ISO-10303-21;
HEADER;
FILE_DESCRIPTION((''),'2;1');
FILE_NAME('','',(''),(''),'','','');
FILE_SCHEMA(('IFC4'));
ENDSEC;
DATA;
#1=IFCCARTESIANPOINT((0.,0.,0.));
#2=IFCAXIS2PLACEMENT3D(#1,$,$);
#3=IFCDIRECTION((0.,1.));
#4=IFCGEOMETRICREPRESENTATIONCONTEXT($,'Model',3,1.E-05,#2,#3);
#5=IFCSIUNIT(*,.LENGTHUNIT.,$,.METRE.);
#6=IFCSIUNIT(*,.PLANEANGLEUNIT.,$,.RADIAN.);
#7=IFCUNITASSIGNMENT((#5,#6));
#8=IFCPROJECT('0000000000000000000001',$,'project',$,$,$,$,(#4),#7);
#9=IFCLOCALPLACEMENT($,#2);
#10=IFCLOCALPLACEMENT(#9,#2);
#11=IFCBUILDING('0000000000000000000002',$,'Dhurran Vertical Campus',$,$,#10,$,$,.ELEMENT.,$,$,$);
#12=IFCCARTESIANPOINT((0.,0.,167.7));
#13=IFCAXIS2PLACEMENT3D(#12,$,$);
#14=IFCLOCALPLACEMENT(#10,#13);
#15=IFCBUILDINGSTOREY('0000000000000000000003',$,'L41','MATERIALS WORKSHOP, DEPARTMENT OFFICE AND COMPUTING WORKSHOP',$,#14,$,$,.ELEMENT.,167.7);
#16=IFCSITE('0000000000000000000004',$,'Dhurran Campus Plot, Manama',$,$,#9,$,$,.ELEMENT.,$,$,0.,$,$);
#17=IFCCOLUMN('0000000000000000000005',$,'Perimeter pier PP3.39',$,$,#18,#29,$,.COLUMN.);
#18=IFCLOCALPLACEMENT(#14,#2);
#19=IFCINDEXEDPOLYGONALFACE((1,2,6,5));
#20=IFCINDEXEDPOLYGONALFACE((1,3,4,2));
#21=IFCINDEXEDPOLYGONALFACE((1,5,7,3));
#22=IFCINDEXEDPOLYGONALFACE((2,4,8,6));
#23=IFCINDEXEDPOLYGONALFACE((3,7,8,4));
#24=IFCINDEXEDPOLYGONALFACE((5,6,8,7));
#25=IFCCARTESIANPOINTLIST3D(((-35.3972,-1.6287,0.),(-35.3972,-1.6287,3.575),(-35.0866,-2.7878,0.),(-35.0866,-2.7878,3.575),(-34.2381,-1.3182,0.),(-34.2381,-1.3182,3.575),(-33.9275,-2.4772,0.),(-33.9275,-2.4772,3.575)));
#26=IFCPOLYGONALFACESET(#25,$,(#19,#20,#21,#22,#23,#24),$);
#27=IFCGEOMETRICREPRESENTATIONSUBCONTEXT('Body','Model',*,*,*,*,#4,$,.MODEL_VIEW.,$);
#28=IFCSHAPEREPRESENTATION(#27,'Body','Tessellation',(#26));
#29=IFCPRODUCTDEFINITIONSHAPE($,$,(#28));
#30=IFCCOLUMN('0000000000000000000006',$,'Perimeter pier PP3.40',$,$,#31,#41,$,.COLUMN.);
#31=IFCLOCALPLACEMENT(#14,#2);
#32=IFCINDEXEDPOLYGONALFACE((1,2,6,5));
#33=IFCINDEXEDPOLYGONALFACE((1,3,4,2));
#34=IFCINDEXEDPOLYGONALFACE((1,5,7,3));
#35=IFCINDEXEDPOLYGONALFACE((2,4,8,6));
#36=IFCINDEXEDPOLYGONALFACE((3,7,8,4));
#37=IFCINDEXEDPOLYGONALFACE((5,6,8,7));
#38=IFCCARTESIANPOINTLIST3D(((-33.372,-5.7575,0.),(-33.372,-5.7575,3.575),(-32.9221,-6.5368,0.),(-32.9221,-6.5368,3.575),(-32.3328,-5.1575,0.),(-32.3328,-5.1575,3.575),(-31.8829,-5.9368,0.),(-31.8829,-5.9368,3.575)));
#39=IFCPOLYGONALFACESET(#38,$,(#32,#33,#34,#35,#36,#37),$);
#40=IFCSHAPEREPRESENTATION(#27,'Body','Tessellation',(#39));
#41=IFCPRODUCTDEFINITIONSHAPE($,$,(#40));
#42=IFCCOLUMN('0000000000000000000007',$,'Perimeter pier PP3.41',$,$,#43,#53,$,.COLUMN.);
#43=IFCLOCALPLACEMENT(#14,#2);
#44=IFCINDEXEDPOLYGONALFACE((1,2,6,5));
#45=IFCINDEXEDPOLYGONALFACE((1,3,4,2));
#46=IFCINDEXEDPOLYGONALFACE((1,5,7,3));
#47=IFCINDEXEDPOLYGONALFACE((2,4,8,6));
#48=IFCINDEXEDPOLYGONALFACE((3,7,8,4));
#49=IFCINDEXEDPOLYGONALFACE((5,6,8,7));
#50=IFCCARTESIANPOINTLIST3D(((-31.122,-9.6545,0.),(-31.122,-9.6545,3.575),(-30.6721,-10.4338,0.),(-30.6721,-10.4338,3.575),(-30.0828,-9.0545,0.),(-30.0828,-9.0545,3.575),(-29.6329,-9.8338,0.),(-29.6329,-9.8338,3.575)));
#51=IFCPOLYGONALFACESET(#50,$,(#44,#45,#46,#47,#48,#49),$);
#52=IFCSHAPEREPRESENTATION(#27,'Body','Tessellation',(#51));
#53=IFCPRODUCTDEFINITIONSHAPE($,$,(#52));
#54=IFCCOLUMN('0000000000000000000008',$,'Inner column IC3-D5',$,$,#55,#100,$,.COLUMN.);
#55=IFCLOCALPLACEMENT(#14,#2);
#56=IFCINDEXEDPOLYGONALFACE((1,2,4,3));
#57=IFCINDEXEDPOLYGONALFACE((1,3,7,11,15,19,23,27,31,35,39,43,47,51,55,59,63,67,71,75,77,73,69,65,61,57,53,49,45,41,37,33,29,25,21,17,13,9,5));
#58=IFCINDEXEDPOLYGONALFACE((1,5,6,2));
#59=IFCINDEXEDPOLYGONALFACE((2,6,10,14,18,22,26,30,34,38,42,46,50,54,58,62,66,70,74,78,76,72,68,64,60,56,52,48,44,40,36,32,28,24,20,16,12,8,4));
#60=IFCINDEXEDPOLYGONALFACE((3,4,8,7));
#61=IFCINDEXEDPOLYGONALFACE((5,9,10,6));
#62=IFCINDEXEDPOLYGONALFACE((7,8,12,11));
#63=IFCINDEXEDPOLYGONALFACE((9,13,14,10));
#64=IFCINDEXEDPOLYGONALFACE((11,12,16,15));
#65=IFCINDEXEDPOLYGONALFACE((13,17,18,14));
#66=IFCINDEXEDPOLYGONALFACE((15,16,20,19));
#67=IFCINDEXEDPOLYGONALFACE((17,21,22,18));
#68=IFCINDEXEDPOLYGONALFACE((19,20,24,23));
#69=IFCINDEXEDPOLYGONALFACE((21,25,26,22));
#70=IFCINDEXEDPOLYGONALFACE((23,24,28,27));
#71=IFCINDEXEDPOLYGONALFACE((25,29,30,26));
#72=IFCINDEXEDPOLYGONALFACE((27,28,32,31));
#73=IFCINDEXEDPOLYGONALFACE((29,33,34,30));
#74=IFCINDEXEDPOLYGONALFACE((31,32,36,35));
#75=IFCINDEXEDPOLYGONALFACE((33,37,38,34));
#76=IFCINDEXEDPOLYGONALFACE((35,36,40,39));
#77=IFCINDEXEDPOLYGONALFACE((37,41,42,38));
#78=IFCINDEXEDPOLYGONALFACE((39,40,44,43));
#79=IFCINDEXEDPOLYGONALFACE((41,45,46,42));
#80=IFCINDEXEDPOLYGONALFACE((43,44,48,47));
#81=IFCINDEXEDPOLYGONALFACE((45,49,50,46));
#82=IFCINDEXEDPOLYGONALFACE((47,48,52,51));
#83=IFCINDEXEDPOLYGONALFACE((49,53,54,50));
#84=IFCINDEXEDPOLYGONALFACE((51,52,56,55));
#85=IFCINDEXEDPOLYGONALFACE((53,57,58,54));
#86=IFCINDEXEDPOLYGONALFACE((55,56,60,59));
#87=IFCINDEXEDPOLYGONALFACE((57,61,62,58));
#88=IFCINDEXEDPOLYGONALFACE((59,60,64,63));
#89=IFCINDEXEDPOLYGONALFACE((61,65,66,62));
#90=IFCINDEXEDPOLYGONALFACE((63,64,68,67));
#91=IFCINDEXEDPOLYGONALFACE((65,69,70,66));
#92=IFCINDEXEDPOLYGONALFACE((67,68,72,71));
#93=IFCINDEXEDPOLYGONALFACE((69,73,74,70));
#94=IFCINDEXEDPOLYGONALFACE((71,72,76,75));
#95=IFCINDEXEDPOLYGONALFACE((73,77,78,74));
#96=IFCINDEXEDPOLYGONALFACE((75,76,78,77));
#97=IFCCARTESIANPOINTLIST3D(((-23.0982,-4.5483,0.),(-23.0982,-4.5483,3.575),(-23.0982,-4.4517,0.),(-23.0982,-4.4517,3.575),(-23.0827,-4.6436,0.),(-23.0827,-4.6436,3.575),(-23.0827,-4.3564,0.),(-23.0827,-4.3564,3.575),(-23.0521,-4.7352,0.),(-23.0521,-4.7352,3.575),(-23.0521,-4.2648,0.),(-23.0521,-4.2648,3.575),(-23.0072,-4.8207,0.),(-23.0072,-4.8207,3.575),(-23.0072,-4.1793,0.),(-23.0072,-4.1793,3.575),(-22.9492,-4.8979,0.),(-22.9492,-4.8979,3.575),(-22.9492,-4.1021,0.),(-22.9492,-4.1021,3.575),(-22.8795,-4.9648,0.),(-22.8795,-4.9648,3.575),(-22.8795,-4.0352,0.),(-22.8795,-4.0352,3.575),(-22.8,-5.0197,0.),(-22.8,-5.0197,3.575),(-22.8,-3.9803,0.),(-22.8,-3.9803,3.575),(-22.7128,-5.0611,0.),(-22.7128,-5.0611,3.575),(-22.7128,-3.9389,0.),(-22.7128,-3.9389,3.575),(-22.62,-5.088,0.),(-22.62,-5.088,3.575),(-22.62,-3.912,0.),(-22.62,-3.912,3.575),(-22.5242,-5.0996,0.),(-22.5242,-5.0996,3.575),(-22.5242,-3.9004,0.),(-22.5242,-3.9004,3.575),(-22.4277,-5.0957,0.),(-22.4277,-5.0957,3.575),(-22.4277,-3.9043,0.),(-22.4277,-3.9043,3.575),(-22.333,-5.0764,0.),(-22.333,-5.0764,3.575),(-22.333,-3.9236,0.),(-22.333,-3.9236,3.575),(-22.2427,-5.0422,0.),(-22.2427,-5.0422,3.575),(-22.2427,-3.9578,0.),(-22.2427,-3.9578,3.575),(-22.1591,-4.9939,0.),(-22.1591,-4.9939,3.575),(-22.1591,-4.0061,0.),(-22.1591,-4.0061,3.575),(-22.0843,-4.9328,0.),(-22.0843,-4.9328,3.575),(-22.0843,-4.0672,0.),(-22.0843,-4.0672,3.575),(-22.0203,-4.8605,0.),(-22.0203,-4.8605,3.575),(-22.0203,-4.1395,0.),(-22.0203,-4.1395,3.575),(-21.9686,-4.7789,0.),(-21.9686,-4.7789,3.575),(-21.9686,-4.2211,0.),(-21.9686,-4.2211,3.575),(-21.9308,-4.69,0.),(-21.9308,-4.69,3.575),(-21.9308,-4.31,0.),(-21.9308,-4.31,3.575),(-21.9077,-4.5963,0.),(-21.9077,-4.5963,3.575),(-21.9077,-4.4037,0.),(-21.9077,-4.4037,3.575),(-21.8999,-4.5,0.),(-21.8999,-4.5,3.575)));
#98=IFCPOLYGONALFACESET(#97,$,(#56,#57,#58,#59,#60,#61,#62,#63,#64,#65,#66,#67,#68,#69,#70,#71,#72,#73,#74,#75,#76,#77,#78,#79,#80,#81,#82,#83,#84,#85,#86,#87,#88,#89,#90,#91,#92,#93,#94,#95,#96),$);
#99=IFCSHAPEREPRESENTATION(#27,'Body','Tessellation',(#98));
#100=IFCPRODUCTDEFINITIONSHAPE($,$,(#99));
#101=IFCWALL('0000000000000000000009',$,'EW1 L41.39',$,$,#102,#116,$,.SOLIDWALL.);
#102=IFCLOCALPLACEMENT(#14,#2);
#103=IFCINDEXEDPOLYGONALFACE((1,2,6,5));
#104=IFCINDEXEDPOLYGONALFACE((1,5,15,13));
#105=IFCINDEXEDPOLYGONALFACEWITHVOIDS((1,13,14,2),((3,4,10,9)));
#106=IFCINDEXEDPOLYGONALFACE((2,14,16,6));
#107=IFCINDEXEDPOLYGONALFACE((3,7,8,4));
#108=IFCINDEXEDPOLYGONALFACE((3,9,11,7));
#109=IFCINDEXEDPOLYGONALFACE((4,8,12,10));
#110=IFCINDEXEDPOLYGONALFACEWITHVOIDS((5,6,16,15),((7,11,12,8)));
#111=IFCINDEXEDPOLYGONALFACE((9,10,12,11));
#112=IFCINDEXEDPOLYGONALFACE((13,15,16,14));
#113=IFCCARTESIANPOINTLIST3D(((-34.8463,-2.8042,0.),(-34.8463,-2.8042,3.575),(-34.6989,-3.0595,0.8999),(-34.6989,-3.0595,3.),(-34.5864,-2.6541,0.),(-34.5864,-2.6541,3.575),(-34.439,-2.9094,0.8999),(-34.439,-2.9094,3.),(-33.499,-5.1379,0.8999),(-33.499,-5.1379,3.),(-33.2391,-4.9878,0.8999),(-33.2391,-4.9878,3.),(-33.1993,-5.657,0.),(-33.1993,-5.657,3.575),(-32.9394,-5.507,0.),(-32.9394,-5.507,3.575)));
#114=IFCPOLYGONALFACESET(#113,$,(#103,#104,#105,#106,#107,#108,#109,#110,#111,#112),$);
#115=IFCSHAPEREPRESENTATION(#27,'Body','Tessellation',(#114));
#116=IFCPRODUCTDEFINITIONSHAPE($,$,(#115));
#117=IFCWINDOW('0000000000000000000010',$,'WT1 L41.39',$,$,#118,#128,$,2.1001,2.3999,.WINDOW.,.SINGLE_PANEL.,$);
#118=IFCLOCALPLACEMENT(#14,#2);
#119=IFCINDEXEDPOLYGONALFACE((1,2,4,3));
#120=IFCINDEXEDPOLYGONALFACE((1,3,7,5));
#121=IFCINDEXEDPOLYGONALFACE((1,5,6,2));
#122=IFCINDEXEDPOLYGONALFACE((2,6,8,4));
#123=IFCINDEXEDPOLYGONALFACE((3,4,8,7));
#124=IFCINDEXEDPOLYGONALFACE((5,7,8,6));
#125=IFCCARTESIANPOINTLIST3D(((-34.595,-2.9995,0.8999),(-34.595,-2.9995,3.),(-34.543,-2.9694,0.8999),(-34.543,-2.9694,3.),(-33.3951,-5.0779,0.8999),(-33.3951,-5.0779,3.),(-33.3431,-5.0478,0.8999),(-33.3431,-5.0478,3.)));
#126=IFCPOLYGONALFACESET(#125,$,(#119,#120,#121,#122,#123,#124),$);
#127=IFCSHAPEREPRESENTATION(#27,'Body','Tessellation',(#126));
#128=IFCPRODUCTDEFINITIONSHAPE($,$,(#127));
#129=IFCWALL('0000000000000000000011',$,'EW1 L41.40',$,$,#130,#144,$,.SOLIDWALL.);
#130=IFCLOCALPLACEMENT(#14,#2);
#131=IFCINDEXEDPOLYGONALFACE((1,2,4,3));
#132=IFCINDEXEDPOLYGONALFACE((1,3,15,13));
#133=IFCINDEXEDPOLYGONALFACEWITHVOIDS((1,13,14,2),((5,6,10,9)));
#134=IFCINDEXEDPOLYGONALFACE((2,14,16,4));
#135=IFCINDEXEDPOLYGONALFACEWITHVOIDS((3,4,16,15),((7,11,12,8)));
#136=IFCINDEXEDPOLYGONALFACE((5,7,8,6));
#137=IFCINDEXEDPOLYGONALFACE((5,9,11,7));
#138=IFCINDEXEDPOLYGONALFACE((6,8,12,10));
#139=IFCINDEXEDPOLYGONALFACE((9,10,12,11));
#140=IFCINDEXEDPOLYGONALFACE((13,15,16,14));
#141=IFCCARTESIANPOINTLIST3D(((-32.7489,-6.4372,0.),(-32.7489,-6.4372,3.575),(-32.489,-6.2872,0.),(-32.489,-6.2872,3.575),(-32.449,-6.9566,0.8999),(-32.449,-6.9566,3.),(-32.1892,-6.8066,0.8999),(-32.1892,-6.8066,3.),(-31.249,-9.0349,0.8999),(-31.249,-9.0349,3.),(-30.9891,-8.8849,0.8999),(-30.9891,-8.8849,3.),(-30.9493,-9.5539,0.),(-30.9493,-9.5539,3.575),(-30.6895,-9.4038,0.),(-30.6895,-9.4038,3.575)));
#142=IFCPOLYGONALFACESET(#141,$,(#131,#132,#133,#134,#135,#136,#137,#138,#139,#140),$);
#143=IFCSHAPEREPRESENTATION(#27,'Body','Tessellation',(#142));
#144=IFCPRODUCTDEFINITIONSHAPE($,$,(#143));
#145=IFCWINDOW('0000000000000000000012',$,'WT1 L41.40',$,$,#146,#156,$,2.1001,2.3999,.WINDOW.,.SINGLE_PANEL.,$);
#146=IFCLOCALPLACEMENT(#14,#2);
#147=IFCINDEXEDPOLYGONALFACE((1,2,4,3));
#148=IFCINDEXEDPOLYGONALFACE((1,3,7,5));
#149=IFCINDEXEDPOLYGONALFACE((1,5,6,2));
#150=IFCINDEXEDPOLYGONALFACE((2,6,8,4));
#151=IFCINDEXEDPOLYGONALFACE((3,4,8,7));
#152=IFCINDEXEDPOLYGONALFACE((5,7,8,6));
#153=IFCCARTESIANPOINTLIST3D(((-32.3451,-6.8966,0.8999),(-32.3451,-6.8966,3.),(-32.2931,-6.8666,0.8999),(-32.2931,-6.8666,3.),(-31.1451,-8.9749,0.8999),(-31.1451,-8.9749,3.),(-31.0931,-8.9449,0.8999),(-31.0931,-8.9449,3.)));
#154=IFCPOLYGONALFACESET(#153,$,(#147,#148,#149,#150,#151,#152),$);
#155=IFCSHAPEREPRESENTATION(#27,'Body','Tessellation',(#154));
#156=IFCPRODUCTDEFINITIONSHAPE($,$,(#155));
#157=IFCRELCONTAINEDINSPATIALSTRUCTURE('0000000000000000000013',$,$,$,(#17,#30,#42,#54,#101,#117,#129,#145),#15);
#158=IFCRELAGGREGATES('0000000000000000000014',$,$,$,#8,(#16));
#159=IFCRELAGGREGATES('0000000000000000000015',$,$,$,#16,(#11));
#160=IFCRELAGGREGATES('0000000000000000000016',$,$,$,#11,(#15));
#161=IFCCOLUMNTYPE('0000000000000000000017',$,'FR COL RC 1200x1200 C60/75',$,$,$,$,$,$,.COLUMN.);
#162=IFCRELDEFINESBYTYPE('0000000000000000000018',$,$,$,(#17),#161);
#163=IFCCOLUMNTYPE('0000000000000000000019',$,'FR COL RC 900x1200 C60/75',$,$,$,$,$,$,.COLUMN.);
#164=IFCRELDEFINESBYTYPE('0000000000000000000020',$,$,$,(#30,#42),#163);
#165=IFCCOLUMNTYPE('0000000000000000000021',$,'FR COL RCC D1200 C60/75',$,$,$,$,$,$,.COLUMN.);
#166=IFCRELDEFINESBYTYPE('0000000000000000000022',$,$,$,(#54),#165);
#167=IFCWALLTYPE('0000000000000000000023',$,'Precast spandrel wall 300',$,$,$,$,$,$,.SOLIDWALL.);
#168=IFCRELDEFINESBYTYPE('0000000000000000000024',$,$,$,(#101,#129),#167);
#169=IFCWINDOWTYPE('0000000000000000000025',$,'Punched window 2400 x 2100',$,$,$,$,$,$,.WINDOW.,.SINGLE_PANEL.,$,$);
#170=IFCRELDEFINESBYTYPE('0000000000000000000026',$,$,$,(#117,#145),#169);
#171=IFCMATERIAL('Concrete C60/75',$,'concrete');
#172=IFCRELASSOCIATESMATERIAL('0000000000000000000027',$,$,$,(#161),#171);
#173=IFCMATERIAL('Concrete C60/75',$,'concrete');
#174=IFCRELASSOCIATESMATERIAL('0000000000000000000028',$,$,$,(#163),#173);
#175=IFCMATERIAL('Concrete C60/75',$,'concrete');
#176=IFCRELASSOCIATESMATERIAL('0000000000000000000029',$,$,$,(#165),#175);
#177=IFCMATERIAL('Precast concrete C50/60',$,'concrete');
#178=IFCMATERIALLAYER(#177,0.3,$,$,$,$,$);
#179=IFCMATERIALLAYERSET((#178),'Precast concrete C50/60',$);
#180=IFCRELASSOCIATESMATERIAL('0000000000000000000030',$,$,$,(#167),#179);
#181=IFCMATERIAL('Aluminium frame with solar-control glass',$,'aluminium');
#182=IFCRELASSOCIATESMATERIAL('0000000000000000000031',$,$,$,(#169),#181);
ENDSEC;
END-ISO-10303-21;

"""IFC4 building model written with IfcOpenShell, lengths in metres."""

from ifc_helpers import new_model, si_unit, direction, frame, frame_2d, origin, origin_2d, place, context, subcontext, project, spatial, rectangle, circle, extrude, material, layer, layer_set, material_profile, profile_set, type_object, element, fill, save


model = new_model("IFC4")

# Units and contexts
model_context = context("Model", 3, precision=1e-05, world=origin(), true_north=direction((0.0, 1.0)))
body_context = subcontext(model_context, "Body", "Model", "MODEL_VIEW")
ifc_project = project(units=[si_unit("LENGTHUNIT", "METRE"), si_unit("PLANEANGLEUNIT", "RADIAN")], contexts=[model_context])

# Site, building, storey
site_placement = place(None, origin())
site = spatial("IfcSite", under=ifc_project, at=site_placement, Name="Dhurran Campus Plot, Manama", CompositionType="ELEMENT", RefElevation=0.0)
building_placement = place(site_placement, origin())
building = spatial("IfcBuilding", under=site, at=building_placement, Name="Dhurran Vertical Campus", CompositionType="ELEMENT")
storey_placement = place(building_placement, frame((0.0, 0.0, 167.7)))
storey = spatial("IfcBuildingStorey", under=building, at=storey_placement, Name="L41", Description="MATERIALS WORKSHOP, DEPARTMENT OFFICE AND COMPUTING WORKSHOP", CompositionType="ELEMENT", Elevation=167.7)

# Columns
ifc_material_1 = material(Name="Concrete C60/75", Category="concrete")
ifc_material_profile_1 = material_profile(ifc_material_1, rectangle(XDim=1.2, YDim=1.2, at=origin_2d()), Name="RC 1200x1200")
ifc_profile_set_1 = profile_set([ifc_material_profile_1], Name="Concrete C60/75")
column_type_1 = type_object("IfcColumnType", Name="FR COL RC 1200x1200 C60/75", PredefinedType="COLUMN", material=ifc_profile_set_1)
column_1_placement = place(storey_placement, frame((-34.6624, -2.053, 0.0), z_axis=(0.0, 0.0, 1.0), x_axis=(0.258819, -0.965926, 0.0)))
element("IfcColumn", 1, at=column_1_placement, inside=storey, type_object=column_type_1, Name="Perimeter pier PP3.39", PredefinedType="COLUMN", context=body_context, shape_type="SweptSolid", body=[
    extrude(rectangle(XDim=1.2, YDim=1.2, at=origin_2d()), origin(), (0.0, 0.0, 1.0), 3.575),
])
ifc_material_2 = material(Name="Concrete C60/75", Category="concrete")
ifc_material_profile_2 = material_profile(ifc_material_2, rectangle(XDim=0.8999, YDim=1.2, at=origin_2d()), Name="RC 900x1200")
ifc_profile_set_2 = profile_set([ifc_material_profile_2], Name="Concrete C60/75")
column_type_2 = type_object("IfcColumnType", Name="FR COL RC 900x1200 C60/75", PredefinedType="COLUMN", material=ifc_profile_set_2)
for number, where, z_axis, x_axis, name in (
    (2, (-32.6274, -5.8472, 0.0), (0.0, 0.0, 1.0), (0.5, -0.866025, 0.0), "Perimeter pier PP3.40"),
    (3, (-30.3774, -9.7441, 0.0), (0.0, 0.0, 1.0), (0.5, -0.866025, 0.0), "Perimeter pier PP3.41"),
):
    element("IfcColumn", number, at=place(storey_placement, frame(where, z_axis=z_axis, x_axis=x_axis)), inside=storey, type_object=column_type_2, Name=name, PredefinedType="COLUMN", context=body_context, shape_type="SweptSolid", body=[
        extrude(rectangle(XDim=0.8999, YDim=1.2, at=origin_2d()), origin(), (0.0, 0.0, 1.0), 3.575),
    ])
ifc_material_3 = material(Name="Concrete C60/75", Category="concrete")
ifc_material_profile_3 = material_profile(ifc_material_3, circle(Radius=0.6001, at=origin_2d()), Name="RCC D1200")
ifc_profile_set_3 = profile_set([ifc_material_profile_3], Name="Concrete C60/75")
column_type_3 = type_object("IfcColumnType", Name="FR COL RCC D1200 C60/75", PredefinedType="COLUMN", material=ifc_profile_set_3)
column_2_placement = place(storey_placement, frame((-22.5, -4.5, 0.0), z_axis=(0.0, 0.0, 1.0), x_axis=(1.0, 0.0, 0.0)))
element("IfcColumn", 4, at=column_2_placement, inside=storey, type_object=column_type_3, Name="Inner column IC3-D5", PredefinedType="COLUMN", context=body_context, shape_type="SweptSolid", body=[
    extrude(circle(Radius=0.6001, at=origin_2d()), origin(), (0.0, 0.0, 1.0), 3.575),
])

# Walls, openings, windows
ifc_material_4 = material(Name="Precast concrete C50/60", Category="concrete")
ifc_layer_1 = layer(ifc_material_4, 0.3)
ifc_layer_set_1 = layer_set([ifc_layer_1], Name="Precast concrete C50/60")
wall_type_1 = type_object("IfcWallType", Name="Precast spandrel wall 300", PredefinedType="SOLIDWALL", material=ifc_layer_set_1)
wall_1_placement = place(storey_placement, frame((-34.7163, -2.7292, 0.0), z_axis=(0.0, 0.0, 1.0), x_axis=(0.499981, -0.866036, 0.0)))
wall_1 = element("IfcWall", 5, at=wall_1_placement, inside=storey, type_object=wall_type_1, Name="EW1 L41.39", PredefinedType="SOLIDWALL", context=body_context, shape_type="SweptSolid", body=[
    extrude(rectangle(XDim=3.2942, YDim=0.3, at=frame_2d((1.647, 0.0))), origin(), (0.0, 0.0, 1.0), 3.575),
])
opening_1_placement = place(wall_1_placement, frame((0.2947, 0.0, 0.8999)))
opening_1 = element("IfcOpeningElement", 6, at=opening_1_placement, cuts=wall_1, PredefinedType="OPENING", context=body_context, shape_type="SweptSolid", body=[
    extrude(rectangle(XDim=2.3999, YDim=2.1001, at=frame_2d((1.2, 1.05))), frame((0.0, 0.1599, 0.0), z_axis=(0.0, -1.0, 0.0), x_axis=(1.0, 0.0, 0.0)), (0.0, 0.0, 1.0), 0.3201),
])
ifc_material_5 = material(Name="Aluminium frame with solar-control glass", Category="aluminium")
window_type = type_object("IfcWindowType", Name="Punched window 2400 x 2100", PartitioningType="SINGLE_PANEL", PredefinedType="WINDOW", material=ifc_material_5)
window_1_placement = place(opening_1_placement, origin())
window_1 = element("IfcWindow", 7, at=window_1_placement, inside=storey, type_object=window_type, Name="WT1 L41.39", OverallHeight=2.1001, OverallWidth=2.3999, PartitioningType="SINGLE_PANEL", PredefinedType="WINDOW", context=body_context, shape_type="SweptSolid", body=[
    extrude(rectangle(XDim=2.3999, YDim=2.1001, at=frame_2d((1.2, 1.05))), frame((0.0, 0.03, 0.0), z_axis=(0.0, -1.0, 0.0), x_axis=(1.0, 0.0, 0.0)), (0.0, 0.0, 1.0), 0.0601),
])
fill(opening_1, window_1)
wall_2_placement = place(storey_placement, frame((-32.6189, -6.3623, 0.0), z_axis=(0.0, 0.0, 1.0), x_axis=(0.500028, -0.866009, 0.0)))
wall_2 = element("IfcWall", 8, at=wall_2_placement, inside=storey, type_object=wall_type_1, Name="EW1 L41.40", PredefinedType="SOLIDWALL", context=body_context, shape_type="SweptSolid", body=[
    extrude(rectangle(XDim=3.5989, YDim=0.3, at=frame_2d((1.7993, 0.0))), origin(), (0.0, 0.0, 1.0), 3.575),
])
opening_2_placement = place(wall_2_placement, frame((0.5996, 0.0, 0.8999)))
opening_2 = element("IfcOpeningElement", 9, at=opening_2_placement, cuts=wall_2, PredefinedType="OPENING", context=body_context, shape_type="SweptSolid", body=[
    extrude(rectangle(XDim=2.3999, YDim=2.1001, at=frame_2d((1.2, 1.05))), frame((0.0, 0.1599, 0.0), z_axis=(0.0, -1.0, 0.0), x_axis=(1.0, 0.0, 0.0)), (0.0, 0.0, 1.0), 0.3201),
])
window_2_placement = place(opening_2_placement, origin())
window_2 = element("IfcWindow", 10, at=window_2_placement, inside=storey, type_object=window_type, Name="WT1 L41.40", OverallHeight=2.1001, OverallWidth=2.3999, PartitioningType="SINGLE_PANEL", PredefinedType="WINDOW", context=body_context, shape_type="SweptSolid", body=[
    extrude(rectangle(XDim=2.3999, YDim=2.1001, at=frame_2d((1.2, 1.05))), frame((0.0, 0.03, 0.0), z_axis=(0.0, -1.0, 0.0), x_axis=(1.0, 0.0, 0.0)), (0.0, 0.0, 1.0), 0.0601),
])
fill(opening_2, window_2)

save(model, "model.ifc")
